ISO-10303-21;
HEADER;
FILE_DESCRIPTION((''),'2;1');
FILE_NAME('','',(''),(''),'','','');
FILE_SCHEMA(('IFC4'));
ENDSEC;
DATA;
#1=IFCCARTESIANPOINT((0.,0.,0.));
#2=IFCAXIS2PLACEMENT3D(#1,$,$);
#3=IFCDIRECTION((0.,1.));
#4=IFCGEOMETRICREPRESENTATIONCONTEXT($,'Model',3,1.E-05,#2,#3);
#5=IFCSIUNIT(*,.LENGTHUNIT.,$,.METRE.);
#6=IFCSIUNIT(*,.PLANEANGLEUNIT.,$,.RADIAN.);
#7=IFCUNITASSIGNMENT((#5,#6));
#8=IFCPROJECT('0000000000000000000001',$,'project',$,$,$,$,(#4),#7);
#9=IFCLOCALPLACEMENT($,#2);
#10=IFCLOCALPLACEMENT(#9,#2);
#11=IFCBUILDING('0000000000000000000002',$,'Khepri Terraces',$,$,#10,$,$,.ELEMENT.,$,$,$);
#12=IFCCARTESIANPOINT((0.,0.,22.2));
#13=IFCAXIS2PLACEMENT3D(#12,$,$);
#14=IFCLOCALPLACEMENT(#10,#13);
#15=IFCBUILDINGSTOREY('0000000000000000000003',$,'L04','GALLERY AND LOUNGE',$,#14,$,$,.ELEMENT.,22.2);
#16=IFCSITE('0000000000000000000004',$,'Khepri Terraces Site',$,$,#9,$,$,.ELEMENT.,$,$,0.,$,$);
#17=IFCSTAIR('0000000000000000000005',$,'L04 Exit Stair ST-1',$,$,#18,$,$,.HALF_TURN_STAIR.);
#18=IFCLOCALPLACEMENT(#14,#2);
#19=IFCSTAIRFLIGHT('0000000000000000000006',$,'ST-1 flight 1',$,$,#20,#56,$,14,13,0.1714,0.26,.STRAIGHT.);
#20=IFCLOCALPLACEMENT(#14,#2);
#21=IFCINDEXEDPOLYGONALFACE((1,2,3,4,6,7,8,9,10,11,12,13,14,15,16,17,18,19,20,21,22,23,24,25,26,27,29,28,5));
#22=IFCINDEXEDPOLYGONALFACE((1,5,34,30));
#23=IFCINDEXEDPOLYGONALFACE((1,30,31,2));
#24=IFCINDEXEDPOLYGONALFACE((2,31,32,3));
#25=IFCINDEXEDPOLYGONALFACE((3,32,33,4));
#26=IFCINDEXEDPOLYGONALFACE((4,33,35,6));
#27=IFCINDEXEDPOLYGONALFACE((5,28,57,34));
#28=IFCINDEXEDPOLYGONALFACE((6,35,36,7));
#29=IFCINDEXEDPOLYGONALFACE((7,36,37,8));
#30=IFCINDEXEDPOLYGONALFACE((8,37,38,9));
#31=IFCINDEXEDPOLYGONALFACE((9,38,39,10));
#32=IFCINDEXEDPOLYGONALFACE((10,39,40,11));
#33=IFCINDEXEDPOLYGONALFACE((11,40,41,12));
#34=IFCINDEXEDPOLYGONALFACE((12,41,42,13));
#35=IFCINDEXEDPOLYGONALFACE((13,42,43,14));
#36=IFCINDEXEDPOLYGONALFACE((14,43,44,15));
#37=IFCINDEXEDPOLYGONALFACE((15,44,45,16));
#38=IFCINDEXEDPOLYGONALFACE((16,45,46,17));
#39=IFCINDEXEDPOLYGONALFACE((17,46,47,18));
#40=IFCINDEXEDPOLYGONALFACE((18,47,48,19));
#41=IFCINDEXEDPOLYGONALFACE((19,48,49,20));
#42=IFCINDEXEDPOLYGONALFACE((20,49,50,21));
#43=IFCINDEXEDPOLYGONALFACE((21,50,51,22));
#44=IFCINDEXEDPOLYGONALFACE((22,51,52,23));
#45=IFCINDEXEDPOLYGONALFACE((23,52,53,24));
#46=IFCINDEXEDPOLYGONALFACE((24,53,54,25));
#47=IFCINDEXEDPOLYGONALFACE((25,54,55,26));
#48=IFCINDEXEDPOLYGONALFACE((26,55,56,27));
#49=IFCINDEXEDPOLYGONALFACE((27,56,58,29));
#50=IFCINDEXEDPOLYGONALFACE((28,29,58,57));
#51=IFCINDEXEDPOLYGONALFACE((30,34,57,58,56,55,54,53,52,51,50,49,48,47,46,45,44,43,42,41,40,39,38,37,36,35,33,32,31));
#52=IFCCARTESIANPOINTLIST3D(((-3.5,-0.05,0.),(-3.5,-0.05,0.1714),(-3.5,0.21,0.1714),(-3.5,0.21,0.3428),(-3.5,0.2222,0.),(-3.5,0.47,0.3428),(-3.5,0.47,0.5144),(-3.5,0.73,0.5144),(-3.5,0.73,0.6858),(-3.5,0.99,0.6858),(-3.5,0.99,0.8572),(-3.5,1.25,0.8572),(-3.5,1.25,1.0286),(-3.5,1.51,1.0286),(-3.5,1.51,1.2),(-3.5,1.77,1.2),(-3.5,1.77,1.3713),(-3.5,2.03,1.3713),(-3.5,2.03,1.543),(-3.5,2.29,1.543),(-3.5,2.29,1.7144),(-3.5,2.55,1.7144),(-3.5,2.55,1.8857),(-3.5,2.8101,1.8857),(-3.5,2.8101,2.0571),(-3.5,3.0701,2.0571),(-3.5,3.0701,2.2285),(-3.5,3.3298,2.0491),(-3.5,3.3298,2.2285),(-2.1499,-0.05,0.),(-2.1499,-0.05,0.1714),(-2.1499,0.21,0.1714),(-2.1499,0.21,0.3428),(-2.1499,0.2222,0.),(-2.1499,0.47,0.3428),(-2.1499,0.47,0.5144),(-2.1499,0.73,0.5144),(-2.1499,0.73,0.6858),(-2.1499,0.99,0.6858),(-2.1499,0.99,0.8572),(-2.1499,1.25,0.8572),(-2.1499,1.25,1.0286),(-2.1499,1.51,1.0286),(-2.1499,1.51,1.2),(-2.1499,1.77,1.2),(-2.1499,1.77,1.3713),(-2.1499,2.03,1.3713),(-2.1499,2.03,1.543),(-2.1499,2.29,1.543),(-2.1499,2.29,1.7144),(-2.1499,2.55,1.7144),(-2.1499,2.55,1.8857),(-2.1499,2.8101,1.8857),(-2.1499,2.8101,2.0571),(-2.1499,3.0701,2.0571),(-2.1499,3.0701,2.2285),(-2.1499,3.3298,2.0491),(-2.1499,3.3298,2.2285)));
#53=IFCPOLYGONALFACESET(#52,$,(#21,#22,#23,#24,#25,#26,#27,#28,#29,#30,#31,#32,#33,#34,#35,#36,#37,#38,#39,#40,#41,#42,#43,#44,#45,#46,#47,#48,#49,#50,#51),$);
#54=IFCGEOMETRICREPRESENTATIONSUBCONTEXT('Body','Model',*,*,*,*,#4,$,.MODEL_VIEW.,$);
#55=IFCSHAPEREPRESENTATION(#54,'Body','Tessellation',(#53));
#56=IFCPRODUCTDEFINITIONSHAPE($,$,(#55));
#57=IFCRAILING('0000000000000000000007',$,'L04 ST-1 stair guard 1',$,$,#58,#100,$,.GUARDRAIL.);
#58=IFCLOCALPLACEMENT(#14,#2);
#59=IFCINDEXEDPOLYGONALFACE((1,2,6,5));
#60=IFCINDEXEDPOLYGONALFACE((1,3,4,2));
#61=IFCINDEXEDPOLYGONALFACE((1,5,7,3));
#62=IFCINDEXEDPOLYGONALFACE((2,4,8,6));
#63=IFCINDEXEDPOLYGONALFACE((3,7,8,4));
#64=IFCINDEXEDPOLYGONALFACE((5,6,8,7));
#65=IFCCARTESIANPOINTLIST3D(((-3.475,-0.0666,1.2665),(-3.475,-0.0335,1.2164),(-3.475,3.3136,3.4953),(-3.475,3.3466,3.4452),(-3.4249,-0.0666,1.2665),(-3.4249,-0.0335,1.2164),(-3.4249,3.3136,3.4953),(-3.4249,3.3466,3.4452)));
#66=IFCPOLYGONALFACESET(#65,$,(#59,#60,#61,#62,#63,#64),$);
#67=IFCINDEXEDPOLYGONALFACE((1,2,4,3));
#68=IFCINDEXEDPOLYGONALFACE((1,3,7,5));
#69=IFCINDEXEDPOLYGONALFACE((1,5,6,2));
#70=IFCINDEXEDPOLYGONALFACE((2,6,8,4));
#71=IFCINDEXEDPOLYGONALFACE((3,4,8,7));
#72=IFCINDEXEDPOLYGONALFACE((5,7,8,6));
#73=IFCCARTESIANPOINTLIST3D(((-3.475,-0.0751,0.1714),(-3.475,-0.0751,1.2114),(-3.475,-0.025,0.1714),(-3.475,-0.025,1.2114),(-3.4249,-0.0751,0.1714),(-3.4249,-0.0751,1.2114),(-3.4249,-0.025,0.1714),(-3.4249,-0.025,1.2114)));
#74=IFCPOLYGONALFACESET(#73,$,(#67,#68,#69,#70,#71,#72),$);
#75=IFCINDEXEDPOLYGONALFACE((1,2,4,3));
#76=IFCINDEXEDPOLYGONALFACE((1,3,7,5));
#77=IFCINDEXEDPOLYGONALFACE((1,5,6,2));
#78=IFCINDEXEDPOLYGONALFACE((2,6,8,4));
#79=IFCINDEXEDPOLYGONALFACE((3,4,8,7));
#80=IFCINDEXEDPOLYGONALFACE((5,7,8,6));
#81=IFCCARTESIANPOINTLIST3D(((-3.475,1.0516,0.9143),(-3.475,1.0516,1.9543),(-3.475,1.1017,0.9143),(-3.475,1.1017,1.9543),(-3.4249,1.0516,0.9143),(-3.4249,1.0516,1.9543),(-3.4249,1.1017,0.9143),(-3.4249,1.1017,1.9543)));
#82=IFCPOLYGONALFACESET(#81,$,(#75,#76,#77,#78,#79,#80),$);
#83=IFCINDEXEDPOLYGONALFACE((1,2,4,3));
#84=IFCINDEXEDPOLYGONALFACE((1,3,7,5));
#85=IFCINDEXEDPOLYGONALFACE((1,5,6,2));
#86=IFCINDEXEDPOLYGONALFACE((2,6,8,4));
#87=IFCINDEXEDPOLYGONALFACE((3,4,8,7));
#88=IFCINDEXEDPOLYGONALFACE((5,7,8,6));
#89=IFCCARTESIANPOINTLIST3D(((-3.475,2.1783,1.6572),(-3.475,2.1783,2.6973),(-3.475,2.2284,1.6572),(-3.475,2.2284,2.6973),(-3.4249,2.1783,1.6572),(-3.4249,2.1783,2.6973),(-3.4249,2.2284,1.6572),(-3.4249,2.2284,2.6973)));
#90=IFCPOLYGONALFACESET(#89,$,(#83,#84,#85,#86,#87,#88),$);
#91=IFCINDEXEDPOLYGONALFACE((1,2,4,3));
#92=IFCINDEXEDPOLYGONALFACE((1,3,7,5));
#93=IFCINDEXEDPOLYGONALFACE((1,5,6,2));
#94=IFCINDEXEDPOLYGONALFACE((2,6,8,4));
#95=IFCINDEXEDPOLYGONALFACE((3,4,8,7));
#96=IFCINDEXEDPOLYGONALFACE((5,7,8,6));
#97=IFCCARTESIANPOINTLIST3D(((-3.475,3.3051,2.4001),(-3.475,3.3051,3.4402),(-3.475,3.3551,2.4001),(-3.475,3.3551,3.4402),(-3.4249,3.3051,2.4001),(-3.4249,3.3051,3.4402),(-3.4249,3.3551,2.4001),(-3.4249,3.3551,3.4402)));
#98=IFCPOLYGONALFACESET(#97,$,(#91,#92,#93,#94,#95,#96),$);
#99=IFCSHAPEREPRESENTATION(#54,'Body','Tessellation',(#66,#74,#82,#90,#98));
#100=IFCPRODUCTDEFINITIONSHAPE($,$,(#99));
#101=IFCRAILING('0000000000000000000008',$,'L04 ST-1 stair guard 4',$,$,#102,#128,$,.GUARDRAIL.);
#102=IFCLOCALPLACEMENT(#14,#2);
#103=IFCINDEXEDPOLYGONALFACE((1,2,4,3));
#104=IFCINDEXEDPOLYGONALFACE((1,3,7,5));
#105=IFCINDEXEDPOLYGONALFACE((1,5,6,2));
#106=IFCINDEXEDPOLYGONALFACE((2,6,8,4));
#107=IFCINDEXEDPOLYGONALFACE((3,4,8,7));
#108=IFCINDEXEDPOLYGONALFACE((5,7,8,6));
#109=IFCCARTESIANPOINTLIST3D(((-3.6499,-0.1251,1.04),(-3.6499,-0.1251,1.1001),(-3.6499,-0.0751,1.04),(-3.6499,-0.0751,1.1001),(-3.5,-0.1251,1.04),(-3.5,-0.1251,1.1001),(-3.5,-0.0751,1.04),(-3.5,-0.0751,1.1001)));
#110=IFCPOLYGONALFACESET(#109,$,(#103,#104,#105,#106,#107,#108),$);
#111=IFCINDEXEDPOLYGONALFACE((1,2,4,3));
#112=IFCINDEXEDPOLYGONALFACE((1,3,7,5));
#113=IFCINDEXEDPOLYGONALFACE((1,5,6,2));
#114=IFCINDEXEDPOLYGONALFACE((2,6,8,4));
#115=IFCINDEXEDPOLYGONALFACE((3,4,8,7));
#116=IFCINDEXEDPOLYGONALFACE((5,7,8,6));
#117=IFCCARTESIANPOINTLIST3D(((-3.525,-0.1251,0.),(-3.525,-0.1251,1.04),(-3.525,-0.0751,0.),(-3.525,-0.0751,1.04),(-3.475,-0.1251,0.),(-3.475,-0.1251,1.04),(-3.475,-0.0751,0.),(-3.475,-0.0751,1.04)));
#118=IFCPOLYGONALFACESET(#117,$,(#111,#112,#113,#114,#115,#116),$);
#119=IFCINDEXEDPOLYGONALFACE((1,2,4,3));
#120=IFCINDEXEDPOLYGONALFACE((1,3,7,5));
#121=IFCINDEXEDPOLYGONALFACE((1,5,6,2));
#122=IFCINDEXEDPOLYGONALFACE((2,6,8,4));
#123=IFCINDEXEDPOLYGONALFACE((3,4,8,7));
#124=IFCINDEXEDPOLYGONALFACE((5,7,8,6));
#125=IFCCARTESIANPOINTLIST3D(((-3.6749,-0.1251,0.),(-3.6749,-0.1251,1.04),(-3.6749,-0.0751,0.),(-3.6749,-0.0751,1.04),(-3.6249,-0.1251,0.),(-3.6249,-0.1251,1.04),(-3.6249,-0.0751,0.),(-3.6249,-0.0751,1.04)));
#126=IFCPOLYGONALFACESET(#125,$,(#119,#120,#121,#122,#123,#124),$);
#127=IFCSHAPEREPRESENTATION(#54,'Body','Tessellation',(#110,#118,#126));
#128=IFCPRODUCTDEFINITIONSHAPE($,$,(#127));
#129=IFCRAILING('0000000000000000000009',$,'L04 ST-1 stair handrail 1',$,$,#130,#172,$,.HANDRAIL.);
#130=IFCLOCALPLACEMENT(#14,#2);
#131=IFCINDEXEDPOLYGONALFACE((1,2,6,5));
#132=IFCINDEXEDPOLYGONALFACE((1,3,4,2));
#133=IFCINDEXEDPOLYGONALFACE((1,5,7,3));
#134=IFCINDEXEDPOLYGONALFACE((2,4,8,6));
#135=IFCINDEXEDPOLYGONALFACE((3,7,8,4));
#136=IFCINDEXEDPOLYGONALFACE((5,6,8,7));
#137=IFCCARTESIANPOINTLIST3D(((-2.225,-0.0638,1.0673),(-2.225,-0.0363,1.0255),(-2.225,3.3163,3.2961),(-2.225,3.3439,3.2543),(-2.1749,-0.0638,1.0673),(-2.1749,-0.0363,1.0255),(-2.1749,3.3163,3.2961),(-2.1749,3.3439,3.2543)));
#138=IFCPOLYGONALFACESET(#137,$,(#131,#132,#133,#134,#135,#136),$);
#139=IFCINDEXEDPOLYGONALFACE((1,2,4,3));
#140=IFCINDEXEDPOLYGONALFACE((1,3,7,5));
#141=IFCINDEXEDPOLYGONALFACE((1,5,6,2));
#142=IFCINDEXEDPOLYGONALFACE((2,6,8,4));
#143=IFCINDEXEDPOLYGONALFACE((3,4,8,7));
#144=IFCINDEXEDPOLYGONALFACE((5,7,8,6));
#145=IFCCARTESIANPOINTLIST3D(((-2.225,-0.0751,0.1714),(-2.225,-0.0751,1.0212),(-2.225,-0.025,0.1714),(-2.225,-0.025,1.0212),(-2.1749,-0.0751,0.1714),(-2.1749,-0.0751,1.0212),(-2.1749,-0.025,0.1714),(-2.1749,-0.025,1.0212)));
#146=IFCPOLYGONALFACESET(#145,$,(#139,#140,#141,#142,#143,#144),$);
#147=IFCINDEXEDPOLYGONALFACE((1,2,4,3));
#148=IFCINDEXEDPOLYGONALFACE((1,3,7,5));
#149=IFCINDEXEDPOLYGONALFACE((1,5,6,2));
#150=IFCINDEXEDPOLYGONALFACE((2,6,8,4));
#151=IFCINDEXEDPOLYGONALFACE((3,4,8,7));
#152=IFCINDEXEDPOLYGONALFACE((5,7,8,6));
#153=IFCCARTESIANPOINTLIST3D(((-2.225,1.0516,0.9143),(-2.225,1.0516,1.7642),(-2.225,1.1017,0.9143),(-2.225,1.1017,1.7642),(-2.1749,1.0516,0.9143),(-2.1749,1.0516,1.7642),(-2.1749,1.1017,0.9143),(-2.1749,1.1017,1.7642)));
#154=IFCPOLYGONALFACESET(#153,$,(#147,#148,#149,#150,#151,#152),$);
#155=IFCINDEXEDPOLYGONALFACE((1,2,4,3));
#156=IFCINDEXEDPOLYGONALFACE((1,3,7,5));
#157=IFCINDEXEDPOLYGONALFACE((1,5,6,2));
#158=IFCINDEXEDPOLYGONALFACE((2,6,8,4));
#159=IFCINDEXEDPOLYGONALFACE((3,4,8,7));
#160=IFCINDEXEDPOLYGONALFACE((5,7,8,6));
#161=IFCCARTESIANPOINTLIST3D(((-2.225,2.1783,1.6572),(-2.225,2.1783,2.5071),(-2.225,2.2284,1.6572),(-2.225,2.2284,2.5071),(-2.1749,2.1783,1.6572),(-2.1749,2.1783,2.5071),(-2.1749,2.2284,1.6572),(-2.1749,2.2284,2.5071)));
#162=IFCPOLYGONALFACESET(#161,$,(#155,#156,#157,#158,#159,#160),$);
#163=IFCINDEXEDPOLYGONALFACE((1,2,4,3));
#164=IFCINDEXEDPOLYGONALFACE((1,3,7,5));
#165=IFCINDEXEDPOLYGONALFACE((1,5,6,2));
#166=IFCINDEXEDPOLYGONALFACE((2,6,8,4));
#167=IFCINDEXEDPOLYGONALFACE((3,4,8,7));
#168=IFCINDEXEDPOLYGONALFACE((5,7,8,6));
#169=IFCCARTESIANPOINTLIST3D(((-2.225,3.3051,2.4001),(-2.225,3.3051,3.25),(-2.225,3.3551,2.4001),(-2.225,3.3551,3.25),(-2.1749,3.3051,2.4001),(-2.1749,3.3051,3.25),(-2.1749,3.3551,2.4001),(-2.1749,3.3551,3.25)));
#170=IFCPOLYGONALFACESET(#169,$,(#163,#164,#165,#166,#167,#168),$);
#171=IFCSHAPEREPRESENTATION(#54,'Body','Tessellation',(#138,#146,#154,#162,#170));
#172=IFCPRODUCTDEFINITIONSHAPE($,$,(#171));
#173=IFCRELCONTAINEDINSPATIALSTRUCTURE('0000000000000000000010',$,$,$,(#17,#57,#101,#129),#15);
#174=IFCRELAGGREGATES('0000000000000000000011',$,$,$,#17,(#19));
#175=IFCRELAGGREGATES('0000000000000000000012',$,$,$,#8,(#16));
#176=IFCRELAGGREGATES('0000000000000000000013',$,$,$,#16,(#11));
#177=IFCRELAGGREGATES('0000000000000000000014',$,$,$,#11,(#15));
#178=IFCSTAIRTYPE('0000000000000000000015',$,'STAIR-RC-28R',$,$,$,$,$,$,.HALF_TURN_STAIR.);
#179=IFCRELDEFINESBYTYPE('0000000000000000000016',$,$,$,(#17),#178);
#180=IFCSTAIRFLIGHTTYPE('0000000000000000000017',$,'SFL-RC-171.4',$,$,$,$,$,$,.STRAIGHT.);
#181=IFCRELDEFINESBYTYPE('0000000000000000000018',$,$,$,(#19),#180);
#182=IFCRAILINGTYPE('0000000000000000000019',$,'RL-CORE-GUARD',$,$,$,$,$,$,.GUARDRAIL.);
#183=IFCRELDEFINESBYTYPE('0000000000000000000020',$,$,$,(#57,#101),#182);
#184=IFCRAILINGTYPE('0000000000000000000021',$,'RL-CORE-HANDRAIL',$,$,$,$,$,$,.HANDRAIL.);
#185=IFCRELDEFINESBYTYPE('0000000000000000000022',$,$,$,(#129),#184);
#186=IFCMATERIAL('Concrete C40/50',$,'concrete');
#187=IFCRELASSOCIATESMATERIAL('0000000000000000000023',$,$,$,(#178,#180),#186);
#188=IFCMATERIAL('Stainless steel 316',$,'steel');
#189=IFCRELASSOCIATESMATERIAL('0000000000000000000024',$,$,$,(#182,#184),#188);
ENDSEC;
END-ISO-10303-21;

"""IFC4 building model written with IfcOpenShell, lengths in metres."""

from ifc_helpers import new_model, si_unit, direction, frame, origin, origin_2d, place, context, subcontext, project, spatial, polyline, rectangle, outline, extrude, material, type_object, element, aggregate, save


model = new_model("IFC4")

# Units and contexts
model_context = context("Model", 3, precision=1e-05, world=origin(), true_north=direction((0.0, 1.0)))
body_context = subcontext(model_context, "Body", "Model", "MODEL_VIEW")
ifc_project = project(units=[si_unit("LENGTHUNIT", "METRE"), si_unit("PLANEANGLEUNIT", "RADIAN")], contexts=[model_context])

# Site, building, storey
site_placement = place(None, origin())
site = spatial("IfcSite", under=ifc_project, at=site_placement, Name="Khepri Terraces Site", CompositionType="ELEMENT", RefElevation=0.0)
building_placement = place(site_placement, origin())
building = spatial("IfcBuilding", under=site, at=building_placement, Name="Khepri Terraces", CompositionType="ELEMENT")
storey_placement = place(building_placement, frame((0.0, 0.0, 22.2)))
storey = spatial("IfcBuildingStorey", under=building, at=storey_placement, Name="L04", Description="GALLERY AND LOUNGE", CompositionType="ELEMENT", Elevation=22.2)

# Stair, stair flight
ifc_material_1 = material(Name="Concrete C40/50", Category="concrete")
stair_type = type_object("IfcStairType", Name="STAIR-RC-28R", PredefinedType="HALF_TURN_STAIR", material=ifc_material_1)
stair_placement = place(storey_placement, origin())
stair = element("IfcStair", 1, at=stair_placement, inside=storey, type_object=stair_type, Name="L04 Exit Stair ST-1", PredefinedType="HALF_TURN_STAIR")
stair_flight_type = type_object("IfcStairFlightType", Name="SFL-RC-171.4", PredefinedType="STRAIGHT", material=ifc_material_1)
stair_flight_placement = place(storey_placement, frame((-2.825, -0.05, 0.0), z_axis=(0.0, 0.0, 1.0), x_axis=(0.0, 1.0, 0.0)))
stair_flight = element("IfcStairFlight", 2, at=stair_flight_placement, type_object=stair_flight_type, Name="ST-1 flight 1", NumberOfRisers=14, NumberOfTreads=13, PredefinedType="STRAIGHT", RiserHeight=0.1714, TreadLength=0.26, context=body_context, shape_type="SweptSolid", body=[
    extrude(outline(polyline([(0.0, 0.0), (0.0, 0.1714), (0.26, 0.1714), (0.26, 0.3428), (0.52, 0.3428), (0.52, 0.5144), (0.78, 0.5144), (0.78, 0.6858), (1.04, 0.6858), (1.04, 0.8572), (1.3, 0.8572), (1.3, 1.0286), (1.5601, 1.0286), (1.5601, 1.2), (1.8201, 1.2), (1.8201, 1.3713), (2.0801, 1.3713), (2.0801, 1.543), (2.3401, 1.543), (2.3401, 1.7144), (2.6001, 1.7144), (2.6001, 1.8857), (2.8601, 1.8857), (2.8601, 2.0571), (3.1201, 2.0571), (3.1201, 2.2285), (3.3799, 2.2285), (3.3799, 2.3999), (3.3799, 2.0491), (0.2722, 0.0), (0.0, 0.0)])), frame((0.0, 0.675, 0.0), z_axis=(0.0, -1.0, 0.0), x_axis=(1.0, 0.0, 0.0)), (0.0, 0.0, 1.0), 1.3501),
])
aggregate(stair, [stair_flight])

# Railings
ifc_material_2 = material(Name="Stainless steel 316", Category="steel")
railing_type_1 = type_object("IfcRailingType", Name="RL-CORE-GUARD", PredefinedType="GUARDRAIL", material=ifc_material_2)
railing_1_placement = place(storey_placement, frame((-3.45, -0.05, 0.1714)))
element("IfcRailing", 3, at=railing_1_placement, inside=storey, type_object=railing_type_1, Name="L04 ST-1 stair guard 1", PredefinedType="GUARDRAIL", context=body_context, shape_type="SweptSolid", body=[
    extrude(rectangle(XDim=0.05, YDim=0.0601, at=origin_2d()), frame((0.0, 0.0, 1.0701), z_axis=(0.0, 0.834851, 0.550477), x_axis=(-1.0, 0.0, 0.0)), (0.0, 0.0, 1.0), 4.0488),
    extrude(rectangle(XDim=0.05, YDim=0.05, at=origin_2d()), origin(), (0.0, 0.0, 1.0), 1.04),
    extrude(rectangle(XDim=0.05, YDim=0.05, at=origin_2d()), frame((0.0, 1.1267, 0.7429)), (0.0, 0.0, 1.0), 1.04),
    extrude(rectangle(XDim=0.05, YDim=0.05, at=origin_2d()), frame((0.0, 2.2534, 1.4858)), (0.0, 0.0, 1.0), 1.04),
    extrude(rectangle(XDim=0.05, YDim=0.05, at=origin_2d()), frame((0.0, 3.3801, 2.2288)), (0.0, 0.0, 1.0), 1.04),
])
railing_2_placement = place(storey_placement, frame((-3.5, -0.1001, 0.0)))
element("IfcRailing", 4, at=railing_2_placement, inside=storey, type_object=railing_type_1, Name="L04 ST-1 stair guard 4", PredefinedType="GUARDRAIL", context=body_context, shape_type="SweptSolid", body=[
    extrude(rectangle(XDim=0.05, YDim=0.0601, at=origin_2d()), frame((0.0, 0.0, 1.0701), z_axis=(-1.0, 0.0, 0.0), x_axis=(0.0, -1.0, 0.0)), (0.0, 0.0, 1.0), 0.1499),
    extrude(rectangle(XDim=0.05, YDim=0.05, at=origin_2d()), origin(), (0.0, 0.0, 1.0), 1.04),
    extrude(rectangle(XDim=0.05, YDim=0.05, at=origin_2d()), frame((-0.1499, 0.0, 0.0)), (0.0, 0.0, 1.0), 1.04),
])
railing_type_2 = type_object("IfcRailingType", Name="RL-CORE-HANDRAIL", PredefinedType="HANDRAIL", material=ifc_material_2)
railing_3_placement = place(storey_placement, frame((-2.2, -0.05, 0.1714)))
element("IfcRailing", 5, at=railing_3_placement, inside=storey, type_object=railing_type_2, Name="L04 ST-1 stair handrail 1", PredefinedType="HANDRAIL", context=body_context, shape_type="SweptSolid", body=[
    extrude(rectangle(XDim=0.05, YDim=0.05, at=origin_2d()), frame((0.0, 0.0, 0.875), z_axis=(0.0, 0.834851, 0.550477), x_axis=(-1.0, 0.0, 0.0)), (0.0, 0.0, 1.0), 4.0488),
    extrude(rectangle(XDim=0.05, YDim=0.05, at=origin_2d()), origin(), (0.0, 0.0, 1.0), 0.8499),
    extrude(rectangle(XDim=0.05, YDim=0.05, at=origin_2d()), frame((0.0, 1.1267, 0.7429)), (0.0, 0.0, 1.0), 0.8499),
    extrude(rectangle(XDim=0.05, YDim=0.05, at=origin_2d()), frame((0.0, 2.2534, 1.4858)), (0.0, 0.0, 1.0), 0.8499),
    extrude(rectangle(XDim=0.05, YDim=0.05, at=origin_2d()), frame((0.0, 3.3801, 2.2288)), (0.0, 0.0, 1.0), 0.8499),
])

save(model, "model.ifc")
